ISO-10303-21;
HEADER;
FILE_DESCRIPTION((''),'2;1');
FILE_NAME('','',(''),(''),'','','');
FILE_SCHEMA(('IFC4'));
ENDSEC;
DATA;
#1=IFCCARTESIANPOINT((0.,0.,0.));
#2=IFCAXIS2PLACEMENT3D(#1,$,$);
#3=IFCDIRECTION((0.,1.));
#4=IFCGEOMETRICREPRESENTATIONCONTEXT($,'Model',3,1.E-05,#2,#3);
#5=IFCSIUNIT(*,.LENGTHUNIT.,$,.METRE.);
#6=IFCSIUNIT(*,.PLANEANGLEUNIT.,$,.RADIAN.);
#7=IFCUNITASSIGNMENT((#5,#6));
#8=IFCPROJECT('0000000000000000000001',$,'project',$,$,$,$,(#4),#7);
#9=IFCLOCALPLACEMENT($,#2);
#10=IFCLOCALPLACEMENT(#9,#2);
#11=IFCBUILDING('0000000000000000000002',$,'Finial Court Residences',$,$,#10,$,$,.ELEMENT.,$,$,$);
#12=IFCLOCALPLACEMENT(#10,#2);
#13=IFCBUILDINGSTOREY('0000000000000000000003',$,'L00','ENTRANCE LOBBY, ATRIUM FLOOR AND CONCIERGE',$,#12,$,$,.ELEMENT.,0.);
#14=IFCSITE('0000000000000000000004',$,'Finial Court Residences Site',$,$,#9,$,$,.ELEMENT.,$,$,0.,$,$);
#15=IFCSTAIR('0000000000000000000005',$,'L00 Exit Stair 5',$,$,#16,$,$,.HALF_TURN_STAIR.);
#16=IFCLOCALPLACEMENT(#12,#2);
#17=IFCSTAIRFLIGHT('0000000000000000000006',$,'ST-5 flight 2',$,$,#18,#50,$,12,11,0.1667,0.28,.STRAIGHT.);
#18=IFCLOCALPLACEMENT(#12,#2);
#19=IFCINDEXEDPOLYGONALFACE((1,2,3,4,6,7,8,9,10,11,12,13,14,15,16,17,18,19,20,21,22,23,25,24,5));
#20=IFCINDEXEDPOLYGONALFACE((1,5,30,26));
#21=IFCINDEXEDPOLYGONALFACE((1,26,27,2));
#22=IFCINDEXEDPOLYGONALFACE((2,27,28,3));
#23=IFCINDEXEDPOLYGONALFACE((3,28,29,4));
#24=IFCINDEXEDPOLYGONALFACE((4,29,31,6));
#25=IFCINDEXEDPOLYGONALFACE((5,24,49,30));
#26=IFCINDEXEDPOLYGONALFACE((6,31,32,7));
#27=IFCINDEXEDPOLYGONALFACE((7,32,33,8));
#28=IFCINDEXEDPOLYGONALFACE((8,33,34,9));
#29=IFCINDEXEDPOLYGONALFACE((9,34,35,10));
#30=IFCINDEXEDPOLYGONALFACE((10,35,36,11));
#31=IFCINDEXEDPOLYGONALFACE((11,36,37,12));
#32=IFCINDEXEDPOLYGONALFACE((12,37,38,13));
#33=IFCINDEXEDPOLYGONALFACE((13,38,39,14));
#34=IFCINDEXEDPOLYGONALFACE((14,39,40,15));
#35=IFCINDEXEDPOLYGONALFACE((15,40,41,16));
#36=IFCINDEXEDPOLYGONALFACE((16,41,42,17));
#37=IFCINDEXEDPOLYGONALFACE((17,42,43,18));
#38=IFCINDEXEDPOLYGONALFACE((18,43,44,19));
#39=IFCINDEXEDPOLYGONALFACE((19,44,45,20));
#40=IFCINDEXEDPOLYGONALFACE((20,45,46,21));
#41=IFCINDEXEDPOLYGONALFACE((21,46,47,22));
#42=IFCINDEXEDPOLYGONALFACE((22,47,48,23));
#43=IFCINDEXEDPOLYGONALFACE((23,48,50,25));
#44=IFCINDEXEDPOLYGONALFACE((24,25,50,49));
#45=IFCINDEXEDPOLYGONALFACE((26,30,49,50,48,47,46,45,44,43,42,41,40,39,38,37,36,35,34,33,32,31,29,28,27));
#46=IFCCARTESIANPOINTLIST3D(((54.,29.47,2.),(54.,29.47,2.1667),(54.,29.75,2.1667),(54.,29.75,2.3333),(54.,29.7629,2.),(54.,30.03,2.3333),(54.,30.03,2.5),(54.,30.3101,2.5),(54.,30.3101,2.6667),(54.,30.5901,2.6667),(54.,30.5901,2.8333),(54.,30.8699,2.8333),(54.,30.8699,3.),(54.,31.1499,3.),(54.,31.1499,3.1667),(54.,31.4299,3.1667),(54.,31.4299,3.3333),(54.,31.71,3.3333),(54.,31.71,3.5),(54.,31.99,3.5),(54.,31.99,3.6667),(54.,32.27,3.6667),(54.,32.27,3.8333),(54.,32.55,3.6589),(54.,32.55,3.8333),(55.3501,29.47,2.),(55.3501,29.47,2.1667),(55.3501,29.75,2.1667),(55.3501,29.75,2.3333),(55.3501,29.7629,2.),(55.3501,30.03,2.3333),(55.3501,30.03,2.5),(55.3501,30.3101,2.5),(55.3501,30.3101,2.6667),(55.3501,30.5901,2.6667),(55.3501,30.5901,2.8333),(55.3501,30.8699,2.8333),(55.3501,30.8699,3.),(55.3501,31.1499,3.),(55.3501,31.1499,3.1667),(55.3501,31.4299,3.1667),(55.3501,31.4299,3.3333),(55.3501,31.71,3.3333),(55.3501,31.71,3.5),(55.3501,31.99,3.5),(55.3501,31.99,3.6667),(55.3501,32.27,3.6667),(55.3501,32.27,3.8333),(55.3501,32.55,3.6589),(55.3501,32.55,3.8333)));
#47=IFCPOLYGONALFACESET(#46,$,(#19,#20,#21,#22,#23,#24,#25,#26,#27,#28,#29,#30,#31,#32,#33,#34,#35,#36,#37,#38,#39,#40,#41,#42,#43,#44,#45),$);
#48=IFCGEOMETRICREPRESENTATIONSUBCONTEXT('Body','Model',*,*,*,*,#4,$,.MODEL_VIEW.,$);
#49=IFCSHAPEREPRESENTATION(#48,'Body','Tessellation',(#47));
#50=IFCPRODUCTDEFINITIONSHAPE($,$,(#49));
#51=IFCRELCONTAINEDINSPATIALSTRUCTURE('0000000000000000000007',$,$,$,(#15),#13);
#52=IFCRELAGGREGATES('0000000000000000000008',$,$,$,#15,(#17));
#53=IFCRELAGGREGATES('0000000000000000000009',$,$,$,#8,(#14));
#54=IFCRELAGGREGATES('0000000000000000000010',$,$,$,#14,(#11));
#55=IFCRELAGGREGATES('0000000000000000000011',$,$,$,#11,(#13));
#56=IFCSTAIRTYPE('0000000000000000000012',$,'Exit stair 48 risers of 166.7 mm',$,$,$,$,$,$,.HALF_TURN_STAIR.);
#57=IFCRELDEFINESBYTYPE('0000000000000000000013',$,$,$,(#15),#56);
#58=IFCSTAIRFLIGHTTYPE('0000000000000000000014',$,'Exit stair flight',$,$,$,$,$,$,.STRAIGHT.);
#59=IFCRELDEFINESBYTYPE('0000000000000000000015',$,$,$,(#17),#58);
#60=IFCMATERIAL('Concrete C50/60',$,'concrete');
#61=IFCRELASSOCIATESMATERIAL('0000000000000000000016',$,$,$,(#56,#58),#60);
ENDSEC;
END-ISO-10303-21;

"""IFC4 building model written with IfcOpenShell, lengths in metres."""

from ifc_helpers import new_model, si_unit, direction, frame, origin, place, context, subcontext, project, spatial, polyline, outline, extrude, material, type_object, element, aggregate, save


model = new_model("IFC4")

# Units and contexts
model_context = context("Model", 3, precision=1e-05, world=origin(), true_north=direction((0.0, 1.0)))
body_context = subcontext(model_context, "Body", "Model", "MODEL_VIEW")
ifc_project = project(units=[si_unit("LENGTHUNIT", "METRE"), si_unit("PLANEANGLEUNIT", "RADIAN")], contexts=[model_context])

# Site, building, storey
site_placement = place(None, origin())
site = spatial("IfcSite", under=ifc_project, at=site_placement, Name="Finial Court Residences Site", CompositionType="ELEMENT", RefElevation=0.0)
building_placement = place(site_placement, origin())
building = spatial("IfcBuilding", under=site, at=building_placement, Name="Finial Court Residences", CompositionType="ELEMENT")
storey_placement = place(building_placement, origin())
storey = spatial("IfcBuildingStorey", under=building, at=storey_placement, Name="L00", Description="ENTRANCE LOBBY, ATRIUM FLOOR AND CONCIERGE", CompositionType="ELEMENT", Elevation=0.0)

# Shared definitions
ifc_material_1 = material(Name="Concrete C50/60", Category="concrete")

# Stair, stair flight
stair_type = type_object("IfcStairType", Name="Exit stair 48 risers of 166.7 mm", PredefinedType="HALF_TURN_STAIR", material=ifc_material_1)
stair_placement = place(storey_placement, origin())
stair = element("IfcStair", 1, at=stair_placement, inside=storey, type_object=stair_type, Name="L00 Exit Stair 5", PredefinedType="HALF_TURN_STAIR")
stair_flight_type = type_object("IfcStairFlightType", Name="Exit stair flight", PredefinedType="STRAIGHT", material=ifc_material_1)
stair_flight_placement = place(storey_placement, frame((54.675, 29.47, 2.0), z_axis=(0.0, 0.0, 1.0), x_axis=(0.0, 1.0, 0.0)))
stair_flight = element("IfcStairFlight", 2, at=stair_flight_placement, type_object=stair_flight_type, Name="ST-5 flight 2", NumberOfRisers=12, NumberOfTreads=11, PredefinedType="STRAIGHT", RiserHeight=0.1667, TreadLength=0.28, context=body_context, shape_type="SweptSolid", body=[
    extrude(outline(polyline([(0.0, 0.0), (0.0, 0.1667), (0.28, 0.1667), (0.28, 0.3333), (0.5601, 0.3333), (0.5601, 0.5), (0.8401, 0.5), (0.8401, 0.6667), (1.1201, 0.6667), (1.1201, 0.8333), (1.3999, 0.8333), (1.3999, 1.0), (1.6799, 1.0), (1.6799, 1.1667), (1.96, 1.1667), (1.96, 1.3333), (2.24, 1.3333), (2.24, 1.5), (2.52, 1.5), (2.52, 1.6667), (2.8, 1.6667), (2.8, 1.8333), (3.0801, 1.8333), (3.0801, 2.0), (3.0801, 1.6589), (0.293, 0.0), (0.0, 0.0)])), frame((0.0, 0.675, 0.0), z_axis=(0.0, -1.0, 0.0), x_axis=(1.0, 0.0, 0.0)), (0.0, 0.0, 1.0), 1.3501),
])
aggregate(stair, [stair_flight])

save(model, "model.ifc")
